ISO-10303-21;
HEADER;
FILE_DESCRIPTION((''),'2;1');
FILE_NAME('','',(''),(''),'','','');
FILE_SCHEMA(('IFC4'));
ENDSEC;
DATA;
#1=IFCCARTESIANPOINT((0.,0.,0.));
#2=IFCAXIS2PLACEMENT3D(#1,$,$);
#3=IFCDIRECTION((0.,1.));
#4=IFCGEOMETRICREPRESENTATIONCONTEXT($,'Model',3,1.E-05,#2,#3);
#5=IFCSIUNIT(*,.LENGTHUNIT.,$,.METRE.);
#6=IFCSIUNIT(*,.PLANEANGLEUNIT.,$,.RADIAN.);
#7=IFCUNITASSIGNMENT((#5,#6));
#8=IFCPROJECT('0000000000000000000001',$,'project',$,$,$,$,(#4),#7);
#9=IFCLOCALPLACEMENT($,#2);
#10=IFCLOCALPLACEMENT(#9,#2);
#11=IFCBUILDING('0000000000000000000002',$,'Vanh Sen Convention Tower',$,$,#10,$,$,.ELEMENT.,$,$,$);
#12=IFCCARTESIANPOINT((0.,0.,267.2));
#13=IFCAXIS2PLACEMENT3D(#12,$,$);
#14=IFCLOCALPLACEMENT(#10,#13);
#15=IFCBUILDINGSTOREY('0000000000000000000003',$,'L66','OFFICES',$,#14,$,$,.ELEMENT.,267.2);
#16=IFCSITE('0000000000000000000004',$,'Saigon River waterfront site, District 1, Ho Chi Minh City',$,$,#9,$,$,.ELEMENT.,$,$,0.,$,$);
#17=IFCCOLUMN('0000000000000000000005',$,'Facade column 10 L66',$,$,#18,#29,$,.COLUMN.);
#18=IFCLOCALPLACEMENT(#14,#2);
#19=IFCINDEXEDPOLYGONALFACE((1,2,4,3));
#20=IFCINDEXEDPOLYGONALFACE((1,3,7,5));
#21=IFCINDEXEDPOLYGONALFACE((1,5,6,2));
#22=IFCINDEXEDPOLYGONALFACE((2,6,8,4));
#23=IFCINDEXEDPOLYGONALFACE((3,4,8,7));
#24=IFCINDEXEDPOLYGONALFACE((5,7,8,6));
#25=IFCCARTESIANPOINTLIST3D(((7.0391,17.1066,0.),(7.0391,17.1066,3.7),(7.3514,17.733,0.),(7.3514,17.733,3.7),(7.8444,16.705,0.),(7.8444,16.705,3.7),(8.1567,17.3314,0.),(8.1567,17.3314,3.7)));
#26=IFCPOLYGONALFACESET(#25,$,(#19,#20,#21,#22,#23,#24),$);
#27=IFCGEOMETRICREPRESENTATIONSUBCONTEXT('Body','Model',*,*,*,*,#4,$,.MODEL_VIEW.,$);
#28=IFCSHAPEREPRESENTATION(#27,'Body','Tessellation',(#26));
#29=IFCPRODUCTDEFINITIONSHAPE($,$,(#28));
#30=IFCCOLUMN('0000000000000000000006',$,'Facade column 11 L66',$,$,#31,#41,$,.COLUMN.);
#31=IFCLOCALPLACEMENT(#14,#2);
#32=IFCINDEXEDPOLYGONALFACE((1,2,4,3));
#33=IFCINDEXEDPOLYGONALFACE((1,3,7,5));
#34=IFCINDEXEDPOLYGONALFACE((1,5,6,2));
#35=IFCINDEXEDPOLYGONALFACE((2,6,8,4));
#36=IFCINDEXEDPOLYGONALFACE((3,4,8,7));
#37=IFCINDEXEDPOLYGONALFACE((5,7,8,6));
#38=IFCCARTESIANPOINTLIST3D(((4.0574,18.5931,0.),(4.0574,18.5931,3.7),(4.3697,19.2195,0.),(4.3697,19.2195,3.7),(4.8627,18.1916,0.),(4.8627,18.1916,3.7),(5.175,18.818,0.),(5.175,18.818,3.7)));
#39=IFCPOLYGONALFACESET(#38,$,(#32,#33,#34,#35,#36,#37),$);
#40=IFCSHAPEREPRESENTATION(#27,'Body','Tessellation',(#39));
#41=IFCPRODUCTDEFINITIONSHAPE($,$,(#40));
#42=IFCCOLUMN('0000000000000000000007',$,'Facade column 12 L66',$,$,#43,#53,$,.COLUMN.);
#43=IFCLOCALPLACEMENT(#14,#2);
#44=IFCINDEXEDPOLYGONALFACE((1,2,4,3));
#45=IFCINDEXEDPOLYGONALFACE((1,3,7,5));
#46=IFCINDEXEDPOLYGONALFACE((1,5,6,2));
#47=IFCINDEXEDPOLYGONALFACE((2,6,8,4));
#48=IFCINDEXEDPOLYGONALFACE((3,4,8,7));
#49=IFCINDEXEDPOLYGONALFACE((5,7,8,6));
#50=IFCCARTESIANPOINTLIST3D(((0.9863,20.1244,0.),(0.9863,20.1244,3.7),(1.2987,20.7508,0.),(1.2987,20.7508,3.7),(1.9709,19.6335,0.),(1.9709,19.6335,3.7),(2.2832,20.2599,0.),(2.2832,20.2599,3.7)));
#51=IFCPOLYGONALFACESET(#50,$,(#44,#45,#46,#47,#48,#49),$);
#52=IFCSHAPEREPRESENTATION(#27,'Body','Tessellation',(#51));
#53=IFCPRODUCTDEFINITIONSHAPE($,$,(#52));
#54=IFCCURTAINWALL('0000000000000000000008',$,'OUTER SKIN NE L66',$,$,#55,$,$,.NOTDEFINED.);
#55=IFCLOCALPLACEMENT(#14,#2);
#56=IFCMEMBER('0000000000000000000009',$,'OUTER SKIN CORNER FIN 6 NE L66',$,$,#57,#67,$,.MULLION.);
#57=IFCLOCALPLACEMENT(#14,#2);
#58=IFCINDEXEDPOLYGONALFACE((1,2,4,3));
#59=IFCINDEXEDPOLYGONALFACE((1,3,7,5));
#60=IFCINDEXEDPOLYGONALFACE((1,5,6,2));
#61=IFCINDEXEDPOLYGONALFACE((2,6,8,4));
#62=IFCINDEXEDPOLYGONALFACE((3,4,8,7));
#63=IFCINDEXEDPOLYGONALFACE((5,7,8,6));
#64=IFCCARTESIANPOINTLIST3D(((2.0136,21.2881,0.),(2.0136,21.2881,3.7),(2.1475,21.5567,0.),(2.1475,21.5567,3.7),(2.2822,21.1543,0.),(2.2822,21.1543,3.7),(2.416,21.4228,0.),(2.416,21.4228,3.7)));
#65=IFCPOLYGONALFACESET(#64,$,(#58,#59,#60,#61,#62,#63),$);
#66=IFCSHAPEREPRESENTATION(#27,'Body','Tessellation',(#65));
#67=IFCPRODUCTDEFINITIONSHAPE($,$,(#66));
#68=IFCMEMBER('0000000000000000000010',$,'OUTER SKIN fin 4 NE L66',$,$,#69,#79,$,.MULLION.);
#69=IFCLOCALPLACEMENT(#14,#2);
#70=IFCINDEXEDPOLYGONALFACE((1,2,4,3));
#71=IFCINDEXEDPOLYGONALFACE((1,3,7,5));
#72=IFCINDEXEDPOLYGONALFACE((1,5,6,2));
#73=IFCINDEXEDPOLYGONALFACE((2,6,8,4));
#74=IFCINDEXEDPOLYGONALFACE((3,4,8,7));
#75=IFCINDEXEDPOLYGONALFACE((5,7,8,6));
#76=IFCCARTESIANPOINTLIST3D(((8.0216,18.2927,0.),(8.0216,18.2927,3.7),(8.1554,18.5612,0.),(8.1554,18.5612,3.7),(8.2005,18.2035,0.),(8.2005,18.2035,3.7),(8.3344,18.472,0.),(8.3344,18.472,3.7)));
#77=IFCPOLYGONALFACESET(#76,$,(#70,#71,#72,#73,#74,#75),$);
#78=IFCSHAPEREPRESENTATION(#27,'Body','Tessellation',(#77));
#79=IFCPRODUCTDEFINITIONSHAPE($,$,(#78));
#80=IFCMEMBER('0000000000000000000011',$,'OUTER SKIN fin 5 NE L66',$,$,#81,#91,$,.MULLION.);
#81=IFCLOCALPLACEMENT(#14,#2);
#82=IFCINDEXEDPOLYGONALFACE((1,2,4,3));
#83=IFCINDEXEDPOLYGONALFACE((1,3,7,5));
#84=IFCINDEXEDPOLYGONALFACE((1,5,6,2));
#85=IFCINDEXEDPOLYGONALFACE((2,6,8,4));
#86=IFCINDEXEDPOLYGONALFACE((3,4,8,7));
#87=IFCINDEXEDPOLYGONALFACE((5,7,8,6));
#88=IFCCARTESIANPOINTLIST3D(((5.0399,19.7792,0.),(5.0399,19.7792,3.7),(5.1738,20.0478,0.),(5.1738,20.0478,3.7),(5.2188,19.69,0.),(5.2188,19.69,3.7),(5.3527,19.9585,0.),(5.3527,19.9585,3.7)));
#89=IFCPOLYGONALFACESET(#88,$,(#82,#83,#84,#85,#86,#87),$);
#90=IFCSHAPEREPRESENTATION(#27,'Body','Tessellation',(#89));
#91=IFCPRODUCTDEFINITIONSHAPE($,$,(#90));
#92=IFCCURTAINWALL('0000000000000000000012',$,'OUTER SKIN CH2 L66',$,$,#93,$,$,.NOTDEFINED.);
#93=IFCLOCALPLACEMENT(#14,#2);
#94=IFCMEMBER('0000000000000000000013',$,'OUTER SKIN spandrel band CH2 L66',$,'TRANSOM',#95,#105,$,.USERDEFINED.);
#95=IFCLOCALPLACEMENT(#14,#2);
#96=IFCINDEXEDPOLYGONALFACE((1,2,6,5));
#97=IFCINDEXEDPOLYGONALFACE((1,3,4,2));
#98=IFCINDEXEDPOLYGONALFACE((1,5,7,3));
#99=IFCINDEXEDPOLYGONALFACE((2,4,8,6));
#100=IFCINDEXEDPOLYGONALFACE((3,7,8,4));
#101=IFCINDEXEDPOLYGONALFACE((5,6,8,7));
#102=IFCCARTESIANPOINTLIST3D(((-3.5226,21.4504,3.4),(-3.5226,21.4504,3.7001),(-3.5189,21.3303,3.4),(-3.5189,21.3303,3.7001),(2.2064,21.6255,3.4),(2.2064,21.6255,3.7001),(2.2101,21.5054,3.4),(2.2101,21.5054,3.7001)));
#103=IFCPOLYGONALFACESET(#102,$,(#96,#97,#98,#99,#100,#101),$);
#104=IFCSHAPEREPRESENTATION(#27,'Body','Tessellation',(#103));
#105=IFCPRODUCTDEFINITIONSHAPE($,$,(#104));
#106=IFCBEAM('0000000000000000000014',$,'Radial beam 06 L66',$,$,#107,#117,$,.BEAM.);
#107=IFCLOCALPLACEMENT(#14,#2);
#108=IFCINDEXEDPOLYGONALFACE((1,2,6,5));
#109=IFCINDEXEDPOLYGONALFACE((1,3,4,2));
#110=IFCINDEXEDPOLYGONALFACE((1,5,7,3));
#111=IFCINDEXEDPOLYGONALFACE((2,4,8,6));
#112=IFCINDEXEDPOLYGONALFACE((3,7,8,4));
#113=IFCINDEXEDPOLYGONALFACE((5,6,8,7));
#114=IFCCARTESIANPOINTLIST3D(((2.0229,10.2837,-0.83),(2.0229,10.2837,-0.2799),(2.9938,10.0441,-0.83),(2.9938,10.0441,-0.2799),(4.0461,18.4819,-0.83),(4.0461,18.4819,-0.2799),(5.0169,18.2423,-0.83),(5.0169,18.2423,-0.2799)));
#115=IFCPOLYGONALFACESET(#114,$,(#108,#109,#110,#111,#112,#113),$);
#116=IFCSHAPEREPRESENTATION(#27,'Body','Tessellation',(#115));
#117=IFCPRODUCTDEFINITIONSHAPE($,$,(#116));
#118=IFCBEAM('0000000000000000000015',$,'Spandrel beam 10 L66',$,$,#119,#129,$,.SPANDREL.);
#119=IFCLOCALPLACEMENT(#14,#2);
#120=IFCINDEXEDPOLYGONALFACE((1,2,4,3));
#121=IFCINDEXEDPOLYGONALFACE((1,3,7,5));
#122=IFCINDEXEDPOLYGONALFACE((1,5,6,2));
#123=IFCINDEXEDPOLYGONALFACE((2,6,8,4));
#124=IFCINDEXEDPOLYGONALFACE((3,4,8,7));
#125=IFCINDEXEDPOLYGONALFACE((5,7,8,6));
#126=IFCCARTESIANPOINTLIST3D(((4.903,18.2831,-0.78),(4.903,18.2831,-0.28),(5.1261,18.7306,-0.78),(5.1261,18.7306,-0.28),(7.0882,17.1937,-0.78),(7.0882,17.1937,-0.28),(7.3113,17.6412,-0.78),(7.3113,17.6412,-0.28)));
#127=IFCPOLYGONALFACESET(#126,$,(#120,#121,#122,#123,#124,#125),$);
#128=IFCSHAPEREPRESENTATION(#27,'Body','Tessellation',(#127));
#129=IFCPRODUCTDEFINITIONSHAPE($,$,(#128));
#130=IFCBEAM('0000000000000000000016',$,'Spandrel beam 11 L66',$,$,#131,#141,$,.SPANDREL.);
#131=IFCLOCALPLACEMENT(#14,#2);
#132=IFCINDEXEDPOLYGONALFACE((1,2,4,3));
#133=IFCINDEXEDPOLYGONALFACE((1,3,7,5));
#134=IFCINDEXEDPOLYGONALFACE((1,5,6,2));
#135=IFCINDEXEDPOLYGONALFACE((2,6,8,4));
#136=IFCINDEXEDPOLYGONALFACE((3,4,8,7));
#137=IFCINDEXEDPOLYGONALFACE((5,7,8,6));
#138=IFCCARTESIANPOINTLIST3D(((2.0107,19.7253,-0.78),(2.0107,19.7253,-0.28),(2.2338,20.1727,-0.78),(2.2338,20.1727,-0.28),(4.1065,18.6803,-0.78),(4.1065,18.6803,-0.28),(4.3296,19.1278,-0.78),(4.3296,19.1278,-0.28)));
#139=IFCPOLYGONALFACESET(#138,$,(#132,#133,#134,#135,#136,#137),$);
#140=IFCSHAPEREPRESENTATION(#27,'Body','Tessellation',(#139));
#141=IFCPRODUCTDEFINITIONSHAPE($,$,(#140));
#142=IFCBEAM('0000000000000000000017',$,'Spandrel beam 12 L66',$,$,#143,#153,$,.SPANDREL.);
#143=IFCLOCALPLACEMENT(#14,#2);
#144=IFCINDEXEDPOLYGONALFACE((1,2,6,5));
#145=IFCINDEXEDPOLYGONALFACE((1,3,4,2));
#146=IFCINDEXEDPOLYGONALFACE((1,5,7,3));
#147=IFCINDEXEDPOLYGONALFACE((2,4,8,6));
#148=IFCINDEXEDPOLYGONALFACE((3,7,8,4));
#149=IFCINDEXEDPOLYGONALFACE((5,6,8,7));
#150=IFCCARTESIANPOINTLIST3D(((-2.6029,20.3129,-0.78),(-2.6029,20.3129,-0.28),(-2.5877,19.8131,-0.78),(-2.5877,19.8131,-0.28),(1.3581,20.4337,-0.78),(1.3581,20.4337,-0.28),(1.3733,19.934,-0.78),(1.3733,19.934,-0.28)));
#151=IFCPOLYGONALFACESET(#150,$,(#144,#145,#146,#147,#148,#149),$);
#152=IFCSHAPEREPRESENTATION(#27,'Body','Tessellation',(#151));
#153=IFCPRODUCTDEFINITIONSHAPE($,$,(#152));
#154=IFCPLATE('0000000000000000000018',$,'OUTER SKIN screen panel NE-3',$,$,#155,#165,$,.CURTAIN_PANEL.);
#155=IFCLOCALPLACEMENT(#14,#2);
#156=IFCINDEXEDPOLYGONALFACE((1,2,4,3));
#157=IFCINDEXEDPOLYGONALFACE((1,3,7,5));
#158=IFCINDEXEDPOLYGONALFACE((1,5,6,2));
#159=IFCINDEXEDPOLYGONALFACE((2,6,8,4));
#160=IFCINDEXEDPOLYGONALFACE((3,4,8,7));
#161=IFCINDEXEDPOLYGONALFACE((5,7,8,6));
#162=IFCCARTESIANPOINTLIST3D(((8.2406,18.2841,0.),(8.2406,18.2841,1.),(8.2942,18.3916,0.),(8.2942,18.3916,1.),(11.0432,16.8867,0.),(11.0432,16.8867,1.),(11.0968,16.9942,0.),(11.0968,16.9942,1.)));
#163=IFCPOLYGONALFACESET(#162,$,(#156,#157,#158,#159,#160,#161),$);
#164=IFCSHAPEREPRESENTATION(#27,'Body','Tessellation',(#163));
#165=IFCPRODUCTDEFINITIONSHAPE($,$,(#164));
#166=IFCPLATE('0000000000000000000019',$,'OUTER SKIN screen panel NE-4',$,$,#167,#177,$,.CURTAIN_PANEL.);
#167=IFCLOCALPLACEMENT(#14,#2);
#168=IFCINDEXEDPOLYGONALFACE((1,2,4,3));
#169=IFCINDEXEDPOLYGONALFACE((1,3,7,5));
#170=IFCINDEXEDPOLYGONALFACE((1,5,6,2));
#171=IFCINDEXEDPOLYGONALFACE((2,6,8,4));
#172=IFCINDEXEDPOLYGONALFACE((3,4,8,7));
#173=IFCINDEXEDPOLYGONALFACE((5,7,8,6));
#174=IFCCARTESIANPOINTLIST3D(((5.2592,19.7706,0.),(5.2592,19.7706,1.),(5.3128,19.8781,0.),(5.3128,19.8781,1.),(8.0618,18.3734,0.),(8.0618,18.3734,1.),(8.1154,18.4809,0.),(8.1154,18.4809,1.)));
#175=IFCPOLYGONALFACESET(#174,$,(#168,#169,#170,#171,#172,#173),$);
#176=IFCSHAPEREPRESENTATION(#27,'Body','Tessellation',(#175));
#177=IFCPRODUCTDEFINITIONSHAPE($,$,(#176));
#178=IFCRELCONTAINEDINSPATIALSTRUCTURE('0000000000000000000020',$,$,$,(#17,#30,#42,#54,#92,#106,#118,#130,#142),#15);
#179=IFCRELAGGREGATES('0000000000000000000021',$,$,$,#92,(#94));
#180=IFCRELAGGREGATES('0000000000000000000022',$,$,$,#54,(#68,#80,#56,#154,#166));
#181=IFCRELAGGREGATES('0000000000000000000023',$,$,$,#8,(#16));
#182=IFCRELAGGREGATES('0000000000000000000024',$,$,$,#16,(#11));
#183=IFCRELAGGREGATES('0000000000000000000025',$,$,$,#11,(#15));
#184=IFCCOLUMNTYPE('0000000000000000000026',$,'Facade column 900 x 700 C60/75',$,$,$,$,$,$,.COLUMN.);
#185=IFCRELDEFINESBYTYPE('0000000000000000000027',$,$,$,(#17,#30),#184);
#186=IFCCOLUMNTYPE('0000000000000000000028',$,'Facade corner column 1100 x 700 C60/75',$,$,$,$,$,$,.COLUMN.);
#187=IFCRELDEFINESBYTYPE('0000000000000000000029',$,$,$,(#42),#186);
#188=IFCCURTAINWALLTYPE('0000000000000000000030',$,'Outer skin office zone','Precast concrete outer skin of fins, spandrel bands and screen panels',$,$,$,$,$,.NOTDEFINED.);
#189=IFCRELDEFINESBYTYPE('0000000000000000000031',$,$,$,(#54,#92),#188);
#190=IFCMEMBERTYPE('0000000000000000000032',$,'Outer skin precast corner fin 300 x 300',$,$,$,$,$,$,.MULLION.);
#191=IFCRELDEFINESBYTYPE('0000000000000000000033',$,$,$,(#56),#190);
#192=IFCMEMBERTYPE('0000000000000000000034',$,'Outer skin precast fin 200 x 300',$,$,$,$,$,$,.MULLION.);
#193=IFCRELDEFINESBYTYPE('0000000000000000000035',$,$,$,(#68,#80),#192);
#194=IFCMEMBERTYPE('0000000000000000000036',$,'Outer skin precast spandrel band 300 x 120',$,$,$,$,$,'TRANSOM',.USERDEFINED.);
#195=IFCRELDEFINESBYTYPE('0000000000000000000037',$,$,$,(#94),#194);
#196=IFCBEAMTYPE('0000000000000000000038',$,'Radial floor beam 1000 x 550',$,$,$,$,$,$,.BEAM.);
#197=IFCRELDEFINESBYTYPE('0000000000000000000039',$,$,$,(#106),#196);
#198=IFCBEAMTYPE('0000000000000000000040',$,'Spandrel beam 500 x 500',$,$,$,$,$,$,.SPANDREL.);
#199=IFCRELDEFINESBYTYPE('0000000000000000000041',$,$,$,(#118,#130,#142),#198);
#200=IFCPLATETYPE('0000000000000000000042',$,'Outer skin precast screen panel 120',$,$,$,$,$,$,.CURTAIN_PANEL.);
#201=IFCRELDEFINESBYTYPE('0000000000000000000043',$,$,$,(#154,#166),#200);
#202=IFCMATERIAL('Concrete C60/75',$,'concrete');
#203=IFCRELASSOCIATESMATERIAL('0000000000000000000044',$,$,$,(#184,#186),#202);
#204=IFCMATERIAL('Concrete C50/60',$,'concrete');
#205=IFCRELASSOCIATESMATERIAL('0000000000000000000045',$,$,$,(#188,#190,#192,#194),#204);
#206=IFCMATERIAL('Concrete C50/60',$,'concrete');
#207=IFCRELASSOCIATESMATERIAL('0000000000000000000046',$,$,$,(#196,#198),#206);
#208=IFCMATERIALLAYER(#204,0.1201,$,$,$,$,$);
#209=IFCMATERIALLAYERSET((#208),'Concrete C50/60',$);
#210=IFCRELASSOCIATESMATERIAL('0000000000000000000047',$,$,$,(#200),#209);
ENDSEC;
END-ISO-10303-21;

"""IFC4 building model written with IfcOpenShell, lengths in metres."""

from ifc_helpers import new_model, si_unit, direction, frame, origin, origin_2d, place, context, subcontext, project, spatial, rectangle, extrude, material, layer, layer_set, material_profile, profile_set, type_object, element, aggregate, save


model = new_model("IFC4")

# Units and contexts
model_context = context("Model", 3, precision=1e-05, world=origin(), true_north=direction((0.0, 1.0)))
body_context = subcontext(model_context, "Body", "Model", "MODEL_VIEW")
ifc_project = project(units=[si_unit("LENGTHUNIT", "METRE"), si_unit("PLANEANGLEUNIT", "RADIAN")], contexts=[model_context])

# Site, building, storey
site_placement = place(None, origin())
site = spatial("IfcSite", under=ifc_project, at=site_placement, Name="Saigon River waterfront site, District 1, Ho Chi Minh City", CompositionType="ELEMENT", RefElevation=0.0)
building_placement = place(site_placement, origin())
building = spatial("IfcBuilding", under=site, at=building_placement, Name="Vanh Sen Convention Tower", CompositionType="ELEMENT")
storey_placement = place(building_placement, frame((0.0, 0.0, 267.2)))
storey = spatial("IfcBuildingStorey", under=building, at=storey_placement, Name="L66", Description="OFFICES", CompositionType="ELEMENT", Elevation=267.2)

# Columns
ifc_material_1 = material(Name="Concrete C60/75", Category="concrete")
ifc_material_profile_1 = material_profile(ifc_material_1, rectangle(XDim=0.8999, YDim=0.7, at=origin_2d()), Name="RC 900X700")
ifc_profile_set_1 = profile_set([ifc_material_profile_1], Name="Concrete C60/75")
column_type_1 = type_object("IfcColumnType", Name="Facade column 900 x 700 C60/75", PredefinedType="COLUMN", material=ifc_profile_set_1)
for number, where, z_axis, x_axis, name in (
    (1, (7.5979, 17.219, 0.0), (0.0, 0.0, 1.0), (-0.894934, 0.446198, 0.0), "Facade column 10 L66"),
    (2, (4.6162, 18.7056, 0.0), (0.0, 0.0, 1.0), (-0.894934, 0.446198, 0.0), "Facade column 11 L66"),
):
    element("IfcColumn", number, at=place(storey_placement, frame(where, z_axis=z_axis, x_axis=x_axis)), inside=storey, type_object=column_type_1, Name=name, PredefinedType="COLUMN", context=body_context, shape_type="SweptSolid", body=[
        extrude(rectangle(XDim=0.8999, YDim=0.7, at=origin_2d()), origin(), (0.0, 0.0, 1.0), 3.7),
    ])
ifc_material_profile_2 = material_profile(ifc_material_1, rectangle(XDim=1.1001, YDim=0.7, at=origin_2d()), Name="RC 1100X700")
ifc_profile_set_2 = profile_set([ifc_material_profile_2], Name="Concrete C60/75")
column_type_2 = type_object("IfcColumnType", Name="Facade corner column 1100 x 700 C60/75", PredefinedType="COLUMN", material=ifc_profile_set_2)
column_placement = place(storey_placement, frame((1.6348, 20.1921, 0.0), z_axis=(0.0, 0.0, 1.0), x_axis=(-0.894934, 0.446198, 0.0)))
element("IfcColumn", 3, at=column_placement, inside=storey, type_object=column_type_2, Name="Facade column 12 L66", PredefinedType="COLUMN", context=body_context, shape_type="SweptSolid", body=[
    extrude(rectangle(XDim=1.1001, YDim=0.7, at=origin_2d()), origin(), (0.0, 0.0, 1.0), 3.7),
])

# Curtain wall, members
ifc_material_2 = material(Name="Concrete C50/60", Category="concrete")
curtain_wall_type = type_object("IfcCurtainWallType", Name="Outer skin office zone", Description="Precast concrete outer skin of fins, spandrel bands and screen panels", PredefinedType="NOTDEFINED", material=ifc_material_2)
curtain_wall_1_placement = place(storey_placement, origin())
curtain_wall_1 = element("IfcCurtainWall", 4, at=curtain_wall_1_placement, inside=storey, type_object=curtain_wall_type, Name="OUTER SKIN NE L66", PredefinedType="NOTDEFINED")
ifc_material_profile_3 = material_profile(ifc_material_2, rectangle(XDim=0.3, YDim=0.3, at=origin_2d()), Name="Outer skin precast corner fin 300 x 300")
ifc_profile_set_3 = profile_set([ifc_material_profile_3], Name="Concrete C50/60")
member_type_1 = type_object("IfcMemberType", Name="Outer skin precast corner fin 300 x 300", PredefinedType="MULLION", material=ifc_profile_set_3)
member_1_placement = place(storey_placement, frame((2.2148, 21.3555, 0.0), z_axis=(0.0, 0.0, 1.0), x_axis=(-0.894934, 0.446198, 0.0)))
member_1 = element("IfcMember", 5, at=member_1_placement, type_object=member_type_1, Name="OUTER SKIN CORNER FIN 6 NE L66", PredefinedType="MULLION", context=body_context, shape_type="SweptSolid", body=[
    extrude(rectangle(XDim=0.3, YDim=0.3, at=origin_2d()), origin(), (0.0, 0.0, 1.0), 3.7),
])
ifc_material_profile_4 = material_profile(ifc_material_2, rectangle(XDim=0.2, YDim=0.3, at=origin_2d()), Name="Outer skin precast fin 200 x 300")
ifc_profile_set_4 = profile_set([ifc_material_profile_4], Name="Concrete C50/60")
member_type_2 = type_object("IfcMemberType", Name="Outer skin precast fin 200 x 300", PredefinedType="MULLION", material=ifc_profile_set_4)
member_2_placement = place(storey_placement, frame((8.178, 18.3823, 0.0), z_axis=(0.0, 0.0, 1.0), x_axis=(-0.894934, 0.446198, 0.0)))
member_2 = element("IfcMember", 6, at=member_2_placement, type_object=member_type_2, Name="OUTER SKIN fin 4 NE L66", PredefinedType="MULLION", context=body_context, shape_type="SweptSolid", body=[
    extrude(rectangle(XDim=0.2, YDim=0.3, at=origin_2d()), origin(), (0.0, 0.0, 1.0), 3.7),
])
member_3_placement = place(storey_placement, frame((5.1963, 19.8689, 0.0), z_axis=(0.0, 0.0, 1.0), x_axis=(-0.894934, 0.446198, 0.0)))
member_3 = element("IfcMember", 7, at=member_3_placement, type_object=member_type_2, Name="OUTER SKIN fin 5 NE L66", PredefinedType="MULLION", context=body_context, shape_type="SweptSolid", body=[
    extrude(rectangle(XDim=0.2, YDim=0.3, at=origin_2d()), origin(), (0.0, 0.0, 1.0), 3.7),
])

# Curtain wall, member
curtain_wall_2_placement = place(storey_placement, origin())
curtain_wall_2 = element("IfcCurtainWall", 8, at=curtain_wall_2_placement, inside=storey, type_object=curtain_wall_type, Name="OUTER SKIN CH2 L66", PredefinedType="NOTDEFINED")
ifc_material_profile_5 = material_profile(ifc_material_2, rectangle(XDim=0.1201, YDim=0.3, at=origin_2d()), Name="Outer skin precast spandrel band 300 x 120")
ifc_profile_set_5 = profile_set([ifc_material_profile_5], Name="Concrete C50/60")
member_type_3 = type_object("IfcMemberType", Name="Outer skin precast spandrel band 300 x 120", ElementType="TRANSOM", PredefinedType="USERDEFINED", material=ifc_profile_set_5)
member_4_placement = place(storey_placement, frame((2.2083, 21.5654, 3.55), z_axis=(-0.999534, -0.030541, 0.0), x_axis=(0.030541, -0.999534, 0.0)))
member_4 = element("IfcMember", 9, at=member_4_placement, type_object=member_type_3, Name="OUTER SKIN spandrel band CH2 L66", ObjectType="TRANSOM", PredefinedType="USERDEFINED", context=body_context, shape_type="SweptSolid", body=[
    extrude(rectangle(XDim=0.1201, YDim=0.3, at=origin_2d()), origin(), (0.0, 0.0, 1.0), 5.7317),
])
aggregate(curtain_wall_2, [member_4])

# Beams
ifc_material_3 = material(Name="Concrete C50/60", Category="concrete")
ifc_material_profile_6 = material_profile(ifc_material_3, rectangle(XDim=1.0, YDim=0.55, at=origin_2d()), Name="RC 1000X550")
ifc_profile_set_6 = profile_set([ifc_material_profile_6], Name="Concrete C50/60")
beam_type_1 = type_object("IfcBeamType", Name="Radial floor beam 1000 x 550", PredefinedType="BEAM", material=ifc_profile_set_6)
beam_1_placement = place(storey_placement, frame((4.5315, 18.3621, -0.5549), z_axis=(-0.239596, -0.970873, 0.0), x_axis=(0.970873, -0.239596, 0.0)))
element("IfcBeam", 10, at=beam_1_placement, inside=storey, type_object=beam_type_1, Name="Radial beam 06 L66", PredefinedType="BEAM", context=body_context, shape_type="SweptSolid", body=[
    extrude(rectangle(XDim=1.0, YDim=0.55, at=origin_2d()), origin(), (0.0, 0.0, 1.0), 8.4441),
])
ifc_material_profile_7 = material_profile(ifc_material_3, rectangle(XDim=0.5, YDim=0.5, at=origin_2d()), Name="RC 500X500")
ifc_profile_set_7 = profile_set([ifc_material_profile_7], Name="Concrete C50/60")
beam_type_2 = type_object("IfcBeamType", Name="Spandrel beam 500 x 500", PredefinedType="SPANDREL", material=ifc_profile_set_7)
beam_2_placement = place(storey_placement, frame((7.1997, 17.4175, -0.53), z_axis=(-0.894947, 0.446173, 0.0), x_axis=(-0.446173, -0.894947, 0.0)))
element("IfcBeam", 11, at=beam_2_placement, inside=storey, type_object=beam_type_2, Name="Spandrel beam 10 L66", PredefinedType="SPANDREL", context=body_context, shape_type="SweptSolid", body=[
    extrude(rectangle(XDim=0.5, YDim=0.5, at=origin_2d()), origin(), (0.0, 0.0, 1.0), 2.4417),
])
beam_3_placement = place(storey_placement, frame((4.218, 18.9041, -0.53), z_axis=(-0.894927, 0.446212, 0.0), x_axis=(-0.446212, -0.894927, 0.0)))
element("IfcBeam", 12, at=beam_3_placement, inside=storey, type_object=beam_type_2, Name="Spandrel beam 11 L66", PredefinedType="SPANDREL", context=body_context, shape_type="SweptSolid", body=[
    extrude(rectangle(XDim=0.5, YDim=0.5, at=origin_2d()), origin(), (0.0, 0.0, 1.0), 2.3418),
])
beam_4_placement = place(storey_placement, frame((1.3657, 20.1838, -0.53), z_axis=(-0.999535, -0.030496, 0.0), x_axis=(0.030496, -0.999535, 0.0)))
element("IfcBeam", 13, at=beam_4_placement, inside=storey, type_object=beam_type_2, Name="Spandrel beam 12 L66", PredefinedType="SPANDREL", context=body_context, shape_type="SweptSolid", body=[
    extrude(rectangle(XDim=0.5, YDim=0.5, at=origin_2d()), origin(), (0.0, 0.0, 1.0), 3.9629),
])

# Plates
ifc_layer_1 = layer(ifc_material_2, 0.1201)
ifc_layer_set_1 = layer_set([ifc_layer_1], Name="Concrete C50/60")
plate_type = type_object("IfcPlateType", Name="Outer skin precast screen panel 120", PredefinedType="CURTAIN_PANEL", material=ifc_layer_set_1)
plate_1_placement = place(storey_placement, frame((9.6687, 17.6392, 0.0), z_axis=(0.0, 0.0, 1.0), x_axis=(-0.894931, 0.446204, 0.0)))
plate_1 = element("IfcPlate", 14, at=plate_1_placement, type_object=plate_type, Name="OUTER SKIN screen panel NE-3", PredefinedType="CURTAIN_PANEL", context=body_context, shape_type="SweptSolid", body=[
    extrude(rectangle(XDim=3.1316, YDim=0.1201, at=origin_2d()), origin(), (0.0, 0.0, 1.0), 1.0),
])
plate_2_placement = place(storey_placement, frame((6.6873, 19.1257, 0.0), z_axis=(0.0, 0.0, 1.0), x_axis=(-0.894943, 0.446181, 0.0)))
plate_2 = element("IfcPlate", 15, at=plate_2_placement, type_object=plate_type, Name="OUTER SKIN screen panel NE-4", PredefinedType="CURTAIN_PANEL", context=body_context, shape_type="SweptSolid", body=[
    extrude(rectangle(XDim=3.1316, YDim=0.1201, at=origin_2d()), origin(), (0.0, 0.0, 1.0), 1.0),
])
aggregate(curtain_wall_1, [member_2, member_3, member_1, plate_1, plate_2])

save(model, "model.ifc")
